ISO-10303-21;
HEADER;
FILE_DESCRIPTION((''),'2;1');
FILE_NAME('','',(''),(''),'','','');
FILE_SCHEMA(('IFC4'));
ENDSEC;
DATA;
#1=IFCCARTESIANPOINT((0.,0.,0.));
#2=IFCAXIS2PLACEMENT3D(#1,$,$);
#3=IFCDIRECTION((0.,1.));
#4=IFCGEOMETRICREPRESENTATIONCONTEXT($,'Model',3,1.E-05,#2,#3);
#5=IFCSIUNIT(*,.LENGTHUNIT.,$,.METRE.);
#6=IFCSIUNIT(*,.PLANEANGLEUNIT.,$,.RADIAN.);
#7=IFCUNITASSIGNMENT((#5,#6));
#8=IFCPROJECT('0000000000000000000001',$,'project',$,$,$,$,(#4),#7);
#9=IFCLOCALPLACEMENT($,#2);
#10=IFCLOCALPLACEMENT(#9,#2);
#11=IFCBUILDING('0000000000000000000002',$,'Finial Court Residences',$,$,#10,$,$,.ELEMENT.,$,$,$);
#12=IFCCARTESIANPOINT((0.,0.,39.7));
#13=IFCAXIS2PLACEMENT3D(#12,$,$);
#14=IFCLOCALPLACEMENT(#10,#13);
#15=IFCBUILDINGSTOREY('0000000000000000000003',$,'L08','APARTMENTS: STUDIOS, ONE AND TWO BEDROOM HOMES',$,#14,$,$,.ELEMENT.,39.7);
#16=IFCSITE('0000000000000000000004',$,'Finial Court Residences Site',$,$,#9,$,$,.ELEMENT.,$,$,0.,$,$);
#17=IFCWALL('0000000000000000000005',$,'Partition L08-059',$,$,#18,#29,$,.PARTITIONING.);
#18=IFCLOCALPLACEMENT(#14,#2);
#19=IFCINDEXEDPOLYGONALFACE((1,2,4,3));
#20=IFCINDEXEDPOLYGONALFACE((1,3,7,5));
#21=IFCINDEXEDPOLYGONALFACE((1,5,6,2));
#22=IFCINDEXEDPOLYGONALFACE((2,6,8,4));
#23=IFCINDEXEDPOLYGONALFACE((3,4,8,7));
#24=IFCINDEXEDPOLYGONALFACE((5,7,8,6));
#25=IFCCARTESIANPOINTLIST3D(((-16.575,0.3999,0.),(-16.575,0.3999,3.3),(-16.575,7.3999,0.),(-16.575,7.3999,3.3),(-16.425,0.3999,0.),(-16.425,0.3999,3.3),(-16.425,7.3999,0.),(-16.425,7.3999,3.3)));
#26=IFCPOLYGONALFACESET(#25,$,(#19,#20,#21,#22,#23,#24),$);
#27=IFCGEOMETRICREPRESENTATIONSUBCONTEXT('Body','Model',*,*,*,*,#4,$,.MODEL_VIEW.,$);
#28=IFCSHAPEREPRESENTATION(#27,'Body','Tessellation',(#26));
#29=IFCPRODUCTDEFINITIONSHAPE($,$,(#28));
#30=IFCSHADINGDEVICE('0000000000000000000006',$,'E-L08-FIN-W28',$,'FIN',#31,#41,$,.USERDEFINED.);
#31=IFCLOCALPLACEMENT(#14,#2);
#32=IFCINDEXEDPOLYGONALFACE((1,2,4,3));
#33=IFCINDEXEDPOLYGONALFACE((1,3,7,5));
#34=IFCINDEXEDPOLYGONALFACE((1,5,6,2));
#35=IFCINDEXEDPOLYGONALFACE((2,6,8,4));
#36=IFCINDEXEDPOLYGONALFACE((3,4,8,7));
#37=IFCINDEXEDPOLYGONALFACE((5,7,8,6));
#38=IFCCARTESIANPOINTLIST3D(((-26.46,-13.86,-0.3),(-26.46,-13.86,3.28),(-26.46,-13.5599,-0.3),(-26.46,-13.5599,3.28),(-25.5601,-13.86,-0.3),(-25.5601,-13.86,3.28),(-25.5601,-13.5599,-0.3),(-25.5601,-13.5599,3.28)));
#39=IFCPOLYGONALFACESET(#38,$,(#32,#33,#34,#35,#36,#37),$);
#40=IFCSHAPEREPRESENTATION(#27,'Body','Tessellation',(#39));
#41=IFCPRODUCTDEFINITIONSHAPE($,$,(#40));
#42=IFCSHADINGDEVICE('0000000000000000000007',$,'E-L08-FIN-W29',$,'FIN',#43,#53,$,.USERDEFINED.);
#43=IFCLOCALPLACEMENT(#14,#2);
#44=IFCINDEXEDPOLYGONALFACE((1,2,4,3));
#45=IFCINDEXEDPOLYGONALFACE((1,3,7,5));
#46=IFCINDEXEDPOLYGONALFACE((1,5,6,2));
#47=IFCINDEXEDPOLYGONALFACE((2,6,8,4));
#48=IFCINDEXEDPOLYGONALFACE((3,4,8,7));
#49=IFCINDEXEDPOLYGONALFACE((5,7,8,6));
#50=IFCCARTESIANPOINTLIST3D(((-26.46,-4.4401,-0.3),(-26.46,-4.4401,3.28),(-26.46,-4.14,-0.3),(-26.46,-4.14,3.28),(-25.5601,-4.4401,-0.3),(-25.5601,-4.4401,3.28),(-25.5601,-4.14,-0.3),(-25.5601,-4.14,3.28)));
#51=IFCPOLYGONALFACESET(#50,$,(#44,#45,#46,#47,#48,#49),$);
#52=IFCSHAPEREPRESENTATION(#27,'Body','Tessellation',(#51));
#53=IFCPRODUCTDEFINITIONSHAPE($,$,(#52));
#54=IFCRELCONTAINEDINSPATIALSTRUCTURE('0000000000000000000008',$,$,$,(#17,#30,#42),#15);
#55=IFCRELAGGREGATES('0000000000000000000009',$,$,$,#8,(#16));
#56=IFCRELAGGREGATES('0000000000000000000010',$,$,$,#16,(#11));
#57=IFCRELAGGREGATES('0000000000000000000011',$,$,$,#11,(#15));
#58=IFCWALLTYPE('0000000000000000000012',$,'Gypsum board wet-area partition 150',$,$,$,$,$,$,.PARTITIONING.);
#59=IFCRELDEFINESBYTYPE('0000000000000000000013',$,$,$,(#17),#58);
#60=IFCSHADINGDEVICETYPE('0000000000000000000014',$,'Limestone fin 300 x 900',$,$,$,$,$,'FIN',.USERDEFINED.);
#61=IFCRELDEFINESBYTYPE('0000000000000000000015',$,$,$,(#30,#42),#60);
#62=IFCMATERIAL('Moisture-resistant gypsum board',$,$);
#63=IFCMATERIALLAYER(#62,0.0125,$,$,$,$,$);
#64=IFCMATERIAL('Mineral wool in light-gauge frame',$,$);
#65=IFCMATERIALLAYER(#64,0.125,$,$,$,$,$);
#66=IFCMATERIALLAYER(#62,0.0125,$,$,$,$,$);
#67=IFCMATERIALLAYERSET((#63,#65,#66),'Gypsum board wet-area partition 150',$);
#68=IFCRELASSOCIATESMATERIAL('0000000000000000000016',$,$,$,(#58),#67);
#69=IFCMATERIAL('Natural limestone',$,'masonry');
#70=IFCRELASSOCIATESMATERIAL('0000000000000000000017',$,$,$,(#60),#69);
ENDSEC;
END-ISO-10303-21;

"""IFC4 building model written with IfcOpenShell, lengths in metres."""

from ifc_helpers import new_model, si_unit, direction, frame, frame_2d, origin, origin_2d, place, context, subcontext, project, spatial, rectangle, extrude, material, layer, layer_set, type_object, element, save


model = new_model("IFC4")

# Units and contexts
model_context = context("Model", 3, precision=1e-05, world=origin(), true_north=direction((0.0, 1.0)))
body_context = subcontext(model_context, "Body", "Model", "MODEL_VIEW")
ifc_project = project(units=[si_unit("LENGTHUNIT", "METRE"), si_unit("PLANEANGLEUNIT", "RADIAN")], contexts=[model_context])

# Site, building, storey
site_placement = place(None, origin())
site = spatial("IfcSite", under=ifc_project, at=site_placement, Name="Finial Court Residences Site", CompositionType="ELEMENT", RefElevation=0.0)
building_placement = place(site_placement, origin())
building = spatial("IfcBuilding", under=site, at=building_placement, Name="Finial Court Residences", CompositionType="ELEMENT")
storey_placement = place(building_placement, frame((0.0, 0.0, 39.7)))
storey = spatial("IfcBuildingStorey", under=building, at=storey_placement, Name="L08", Description="APARTMENTS: STUDIOS, ONE AND TWO BEDROOM HOMES", CompositionType="ELEMENT", Elevation=39.7)

# Shared definitions
ifc_material_1 = material(Name="Mineral wool in light-gauge frame")

# Wall
ifc_material_2 = material(Name="Moisture-resistant gypsum board")
ifc_layer_1 = layer(ifc_material_2, 0.0125)
ifc_layer_2 = layer(ifc_material_1, 0.125)
ifc_layer_3 = layer(ifc_material_2, 0.0125)
ifc_layer_set_1 = layer_set([ifc_layer_1, ifc_layer_2, ifc_layer_3], Name="Gypsum board wet-area partition 150")
wall_type_1 = type_object("IfcWallType", Name="Gypsum board wet-area partition 150", PredefinedType="PARTITIONING", material=ifc_layer_set_1)
wall_1_placement = place(storey_placement, frame((-16.5, 0.3999, 0.0), z_axis=(0.0, 0.0, 1.0), x_axis=(0.0, 1.0, 0.0)))
element("IfcWall", 1, at=wall_1_placement, inside=storey, type_object=wall_type_1, Name="Partition L08-059", PredefinedType="PARTITIONING", context=body_context, shape_type="SweptSolid", body=[
    extrude(rectangle(XDim=7.0, YDim=0.1499, at=frame_2d((3.5, 0.0))), origin(), (0.0, 0.0, 1.0), 3.3),
])

# Shading devices
ifc_material_3 = material(Name="Natural limestone", Category="masonry")
shading_device_type = type_object("IfcShadingDeviceType", Name="Limestone fin 300 x 900", ElementType="FIN", PredefinedType="USERDEFINED", material=ifc_material_3)
for number, where, z_axis, x_axis, name in (
    (2, (-26.01, -13.71, -0.3), (0.0, 0.0, 1.0), (1.0, 0.0, 0.0), "E-L08-FIN-W28"),
    (3, (-26.01, -4.29, -0.3), (0.0, 0.0, 1.0), (1.0, 0.0, 0.0), "E-L08-FIN-W29"),
):
    element("IfcShadingDevice", number, at=place(storey_placement, frame(where, z_axis=z_axis, x_axis=x_axis)), inside=storey, type_object=shading_device_type, Name=name, ObjectType="FIN", PredefinedType="USERDEFINED", context=body_context, shape_type="SweptSolid", body=[
        extrude(rectangle(XDim=0.8999, YDim=0.3, at=origin_2d()), origin(), (0.0, 0.0, 1.0), 3.5801),
    ])

save(model, "model.ifc")
